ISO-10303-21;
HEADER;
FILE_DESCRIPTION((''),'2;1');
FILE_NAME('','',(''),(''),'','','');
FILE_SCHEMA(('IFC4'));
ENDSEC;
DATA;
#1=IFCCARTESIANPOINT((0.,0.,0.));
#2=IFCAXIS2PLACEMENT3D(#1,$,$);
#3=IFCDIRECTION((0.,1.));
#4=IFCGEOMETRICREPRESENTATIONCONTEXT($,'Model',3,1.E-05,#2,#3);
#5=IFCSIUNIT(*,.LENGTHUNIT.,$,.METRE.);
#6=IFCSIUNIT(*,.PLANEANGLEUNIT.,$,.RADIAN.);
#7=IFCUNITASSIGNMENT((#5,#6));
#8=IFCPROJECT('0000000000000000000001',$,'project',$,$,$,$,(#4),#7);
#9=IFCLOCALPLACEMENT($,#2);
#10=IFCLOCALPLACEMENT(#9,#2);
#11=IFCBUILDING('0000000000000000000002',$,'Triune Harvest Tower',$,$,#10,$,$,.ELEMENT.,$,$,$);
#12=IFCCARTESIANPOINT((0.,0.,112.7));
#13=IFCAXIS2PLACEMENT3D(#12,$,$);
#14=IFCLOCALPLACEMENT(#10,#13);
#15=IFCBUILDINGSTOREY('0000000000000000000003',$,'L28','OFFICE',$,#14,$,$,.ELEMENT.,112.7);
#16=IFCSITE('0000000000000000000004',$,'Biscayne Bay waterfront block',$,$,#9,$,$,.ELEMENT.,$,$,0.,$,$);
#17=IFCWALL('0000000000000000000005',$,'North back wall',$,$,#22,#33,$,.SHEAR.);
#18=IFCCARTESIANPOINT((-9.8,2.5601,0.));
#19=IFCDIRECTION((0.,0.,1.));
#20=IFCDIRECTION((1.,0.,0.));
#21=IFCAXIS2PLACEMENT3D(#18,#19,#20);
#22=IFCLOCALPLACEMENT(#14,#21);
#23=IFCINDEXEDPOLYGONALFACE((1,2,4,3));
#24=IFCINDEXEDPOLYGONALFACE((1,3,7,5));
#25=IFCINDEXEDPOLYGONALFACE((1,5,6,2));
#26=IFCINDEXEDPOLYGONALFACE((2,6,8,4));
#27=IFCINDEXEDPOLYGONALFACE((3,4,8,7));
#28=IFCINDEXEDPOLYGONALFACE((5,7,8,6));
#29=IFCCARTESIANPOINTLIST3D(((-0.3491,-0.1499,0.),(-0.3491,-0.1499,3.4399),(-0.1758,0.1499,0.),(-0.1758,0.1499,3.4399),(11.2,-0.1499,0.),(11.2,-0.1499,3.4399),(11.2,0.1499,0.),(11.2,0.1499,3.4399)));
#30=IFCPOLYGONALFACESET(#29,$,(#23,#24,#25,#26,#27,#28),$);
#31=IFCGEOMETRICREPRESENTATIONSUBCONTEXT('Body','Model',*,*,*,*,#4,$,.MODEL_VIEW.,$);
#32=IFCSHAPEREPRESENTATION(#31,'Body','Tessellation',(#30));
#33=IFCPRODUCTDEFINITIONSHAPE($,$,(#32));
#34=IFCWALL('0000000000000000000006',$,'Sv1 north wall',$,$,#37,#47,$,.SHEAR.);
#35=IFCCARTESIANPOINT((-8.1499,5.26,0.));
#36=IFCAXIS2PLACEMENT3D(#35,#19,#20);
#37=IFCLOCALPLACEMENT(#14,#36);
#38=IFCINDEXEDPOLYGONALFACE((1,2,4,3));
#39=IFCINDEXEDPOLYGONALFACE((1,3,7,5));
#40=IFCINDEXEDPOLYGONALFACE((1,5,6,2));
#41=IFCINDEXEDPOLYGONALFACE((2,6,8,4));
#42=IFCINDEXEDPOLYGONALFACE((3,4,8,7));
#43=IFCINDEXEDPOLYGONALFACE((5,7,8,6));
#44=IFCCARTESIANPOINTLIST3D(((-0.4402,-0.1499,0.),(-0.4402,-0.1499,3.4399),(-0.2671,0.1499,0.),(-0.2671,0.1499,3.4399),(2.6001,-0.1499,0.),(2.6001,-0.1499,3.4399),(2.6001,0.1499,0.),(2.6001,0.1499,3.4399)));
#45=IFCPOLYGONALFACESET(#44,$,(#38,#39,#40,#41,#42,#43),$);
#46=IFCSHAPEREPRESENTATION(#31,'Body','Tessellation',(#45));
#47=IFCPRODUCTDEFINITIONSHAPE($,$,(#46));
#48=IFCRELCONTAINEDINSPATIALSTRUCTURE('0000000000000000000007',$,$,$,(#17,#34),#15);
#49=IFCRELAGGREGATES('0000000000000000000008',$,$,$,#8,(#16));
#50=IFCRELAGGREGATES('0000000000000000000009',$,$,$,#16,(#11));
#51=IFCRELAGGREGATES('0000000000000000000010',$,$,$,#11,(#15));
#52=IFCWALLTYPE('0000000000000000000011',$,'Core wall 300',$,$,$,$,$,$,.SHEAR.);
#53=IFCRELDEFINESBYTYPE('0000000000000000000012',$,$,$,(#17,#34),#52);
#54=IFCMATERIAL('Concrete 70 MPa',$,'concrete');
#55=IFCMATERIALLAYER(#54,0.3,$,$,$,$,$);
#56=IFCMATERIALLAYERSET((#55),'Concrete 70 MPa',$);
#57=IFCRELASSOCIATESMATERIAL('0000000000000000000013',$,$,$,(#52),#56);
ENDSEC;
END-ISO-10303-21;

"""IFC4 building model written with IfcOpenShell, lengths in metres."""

from ifc_helpers import new_model, si_unit, direction, frame, origin, place, context, subcontext, project, spatial, polyline, outline, extrude, source, transform, mapped, material, layer, layer_set, type_object, element, save


model = new_model("IFC4")

# Units and contexts
model_context = context("Model", 3, precision=1e-05, world=origin(), true_north=direction((0.0, 1.0)))
body_context = subcontext(model_context, "Body", "Model", "MODEL_VIEW")
ifc_project = project(units=[si_unit("LENGTHUNIT", "METRE"), si_unit("PLANEANGLEUNIT", "RADIAN")], contexts=[model_context])

# Site, building, storey
site_placement = place(None, origin())
site = spatial("IfcSite", under=ifc_project, at=site_placement, Name="Biscayne Bay waterfront block", CompositionType="ELEMENT", RefElevation=0.0)
building_placement = place(site_placement, origin())
building = spatial("IfcBuilding", under=site, at=building_placement, Name="Triune Harvest Tower", CompositionType="ELEMENT")
storey_placement = place(building_placement, frame((0.0, 0.0, 112.7)))
storey = spatial("IfcBuildingStorey", under=building, at=storey_placement, Name="L28", Description="OFFICE", CompositionType="ELEMENT", Elevation=112.7)

# Shared definitions
ifc_material_1 = material(Name="Concrete 70 MPa", Category="concrete")
ifc_layer_1 = layer(ifc_material_1, 0.3)
ifc_layer_set_1 = layer_set([ifc_layer_1], Name="Concrete 70 MPa")
wall_type_1 = type_object("IfcWallType", Name="Core wall 300", PredefinedType="SHEAR", material=ifc_layer_set_1)

# Wall
shared_shape_1 = source(origin(), body_context, "Body", "SweptSolid", [
    extrude(outline(polyline([(11.2, -0.1499), (-0.3491, -0.1499), (-0.1758, 0.1499), (11.2, 0.1499), (11.2, -0.1499)])), origin(), (0.0, 0.0, 1.0), 3.4399),
])
wall_1_placement = place(storey_placement, frame((-9.8, 2.5601, 0.0), z_axis=(0.0, 0.0, 1.0), x_axis=(1.0, 0.0, 0.0)))
element("IfcWall", 1, at=wall_1_placement, inside=storey, type_object=wall_type_1, Name="North back wall", PredefinedType="SHEAR", context=body_context, shape_type="MappedRepresentation", body=[
    mapped(shared_shape_1, transform((0.0, 0.0, 0.0), scale=1.0)),
])

# Wall
shared_shape_2 = source(origin(), body_context, "Body", "SweptSolid", [
    extrude(outline(polyline([(2.6001, -0.1499), (-0.4402, -0.1499), (-0.2671, 0.1499), (2.6001, 0.1499), (2.6001, -0.1499)])), origin(), (0.0, 0.0, 1.0), 3.4399),
])
wall_2_placement = place(storey_placement, frame((-8.1499, 5.26, 0.0), z_axis=(0.0, 0.0, 1.0), x_axis=(1.0, 0.0, 0.0)))
element("IfcWall", 2, at=wall_2_placement, inside=storey, type_object=wall_type_1, Name="Sv1 north wall", PredefinedType="SHEAR", context=body_context, shape_type="MappedRepresentation", body=[
    mapped(shared_shape_2, transform((0.0, 0.0, 0.0), scale=1.0)),
])

save(model, "model.ifc")
